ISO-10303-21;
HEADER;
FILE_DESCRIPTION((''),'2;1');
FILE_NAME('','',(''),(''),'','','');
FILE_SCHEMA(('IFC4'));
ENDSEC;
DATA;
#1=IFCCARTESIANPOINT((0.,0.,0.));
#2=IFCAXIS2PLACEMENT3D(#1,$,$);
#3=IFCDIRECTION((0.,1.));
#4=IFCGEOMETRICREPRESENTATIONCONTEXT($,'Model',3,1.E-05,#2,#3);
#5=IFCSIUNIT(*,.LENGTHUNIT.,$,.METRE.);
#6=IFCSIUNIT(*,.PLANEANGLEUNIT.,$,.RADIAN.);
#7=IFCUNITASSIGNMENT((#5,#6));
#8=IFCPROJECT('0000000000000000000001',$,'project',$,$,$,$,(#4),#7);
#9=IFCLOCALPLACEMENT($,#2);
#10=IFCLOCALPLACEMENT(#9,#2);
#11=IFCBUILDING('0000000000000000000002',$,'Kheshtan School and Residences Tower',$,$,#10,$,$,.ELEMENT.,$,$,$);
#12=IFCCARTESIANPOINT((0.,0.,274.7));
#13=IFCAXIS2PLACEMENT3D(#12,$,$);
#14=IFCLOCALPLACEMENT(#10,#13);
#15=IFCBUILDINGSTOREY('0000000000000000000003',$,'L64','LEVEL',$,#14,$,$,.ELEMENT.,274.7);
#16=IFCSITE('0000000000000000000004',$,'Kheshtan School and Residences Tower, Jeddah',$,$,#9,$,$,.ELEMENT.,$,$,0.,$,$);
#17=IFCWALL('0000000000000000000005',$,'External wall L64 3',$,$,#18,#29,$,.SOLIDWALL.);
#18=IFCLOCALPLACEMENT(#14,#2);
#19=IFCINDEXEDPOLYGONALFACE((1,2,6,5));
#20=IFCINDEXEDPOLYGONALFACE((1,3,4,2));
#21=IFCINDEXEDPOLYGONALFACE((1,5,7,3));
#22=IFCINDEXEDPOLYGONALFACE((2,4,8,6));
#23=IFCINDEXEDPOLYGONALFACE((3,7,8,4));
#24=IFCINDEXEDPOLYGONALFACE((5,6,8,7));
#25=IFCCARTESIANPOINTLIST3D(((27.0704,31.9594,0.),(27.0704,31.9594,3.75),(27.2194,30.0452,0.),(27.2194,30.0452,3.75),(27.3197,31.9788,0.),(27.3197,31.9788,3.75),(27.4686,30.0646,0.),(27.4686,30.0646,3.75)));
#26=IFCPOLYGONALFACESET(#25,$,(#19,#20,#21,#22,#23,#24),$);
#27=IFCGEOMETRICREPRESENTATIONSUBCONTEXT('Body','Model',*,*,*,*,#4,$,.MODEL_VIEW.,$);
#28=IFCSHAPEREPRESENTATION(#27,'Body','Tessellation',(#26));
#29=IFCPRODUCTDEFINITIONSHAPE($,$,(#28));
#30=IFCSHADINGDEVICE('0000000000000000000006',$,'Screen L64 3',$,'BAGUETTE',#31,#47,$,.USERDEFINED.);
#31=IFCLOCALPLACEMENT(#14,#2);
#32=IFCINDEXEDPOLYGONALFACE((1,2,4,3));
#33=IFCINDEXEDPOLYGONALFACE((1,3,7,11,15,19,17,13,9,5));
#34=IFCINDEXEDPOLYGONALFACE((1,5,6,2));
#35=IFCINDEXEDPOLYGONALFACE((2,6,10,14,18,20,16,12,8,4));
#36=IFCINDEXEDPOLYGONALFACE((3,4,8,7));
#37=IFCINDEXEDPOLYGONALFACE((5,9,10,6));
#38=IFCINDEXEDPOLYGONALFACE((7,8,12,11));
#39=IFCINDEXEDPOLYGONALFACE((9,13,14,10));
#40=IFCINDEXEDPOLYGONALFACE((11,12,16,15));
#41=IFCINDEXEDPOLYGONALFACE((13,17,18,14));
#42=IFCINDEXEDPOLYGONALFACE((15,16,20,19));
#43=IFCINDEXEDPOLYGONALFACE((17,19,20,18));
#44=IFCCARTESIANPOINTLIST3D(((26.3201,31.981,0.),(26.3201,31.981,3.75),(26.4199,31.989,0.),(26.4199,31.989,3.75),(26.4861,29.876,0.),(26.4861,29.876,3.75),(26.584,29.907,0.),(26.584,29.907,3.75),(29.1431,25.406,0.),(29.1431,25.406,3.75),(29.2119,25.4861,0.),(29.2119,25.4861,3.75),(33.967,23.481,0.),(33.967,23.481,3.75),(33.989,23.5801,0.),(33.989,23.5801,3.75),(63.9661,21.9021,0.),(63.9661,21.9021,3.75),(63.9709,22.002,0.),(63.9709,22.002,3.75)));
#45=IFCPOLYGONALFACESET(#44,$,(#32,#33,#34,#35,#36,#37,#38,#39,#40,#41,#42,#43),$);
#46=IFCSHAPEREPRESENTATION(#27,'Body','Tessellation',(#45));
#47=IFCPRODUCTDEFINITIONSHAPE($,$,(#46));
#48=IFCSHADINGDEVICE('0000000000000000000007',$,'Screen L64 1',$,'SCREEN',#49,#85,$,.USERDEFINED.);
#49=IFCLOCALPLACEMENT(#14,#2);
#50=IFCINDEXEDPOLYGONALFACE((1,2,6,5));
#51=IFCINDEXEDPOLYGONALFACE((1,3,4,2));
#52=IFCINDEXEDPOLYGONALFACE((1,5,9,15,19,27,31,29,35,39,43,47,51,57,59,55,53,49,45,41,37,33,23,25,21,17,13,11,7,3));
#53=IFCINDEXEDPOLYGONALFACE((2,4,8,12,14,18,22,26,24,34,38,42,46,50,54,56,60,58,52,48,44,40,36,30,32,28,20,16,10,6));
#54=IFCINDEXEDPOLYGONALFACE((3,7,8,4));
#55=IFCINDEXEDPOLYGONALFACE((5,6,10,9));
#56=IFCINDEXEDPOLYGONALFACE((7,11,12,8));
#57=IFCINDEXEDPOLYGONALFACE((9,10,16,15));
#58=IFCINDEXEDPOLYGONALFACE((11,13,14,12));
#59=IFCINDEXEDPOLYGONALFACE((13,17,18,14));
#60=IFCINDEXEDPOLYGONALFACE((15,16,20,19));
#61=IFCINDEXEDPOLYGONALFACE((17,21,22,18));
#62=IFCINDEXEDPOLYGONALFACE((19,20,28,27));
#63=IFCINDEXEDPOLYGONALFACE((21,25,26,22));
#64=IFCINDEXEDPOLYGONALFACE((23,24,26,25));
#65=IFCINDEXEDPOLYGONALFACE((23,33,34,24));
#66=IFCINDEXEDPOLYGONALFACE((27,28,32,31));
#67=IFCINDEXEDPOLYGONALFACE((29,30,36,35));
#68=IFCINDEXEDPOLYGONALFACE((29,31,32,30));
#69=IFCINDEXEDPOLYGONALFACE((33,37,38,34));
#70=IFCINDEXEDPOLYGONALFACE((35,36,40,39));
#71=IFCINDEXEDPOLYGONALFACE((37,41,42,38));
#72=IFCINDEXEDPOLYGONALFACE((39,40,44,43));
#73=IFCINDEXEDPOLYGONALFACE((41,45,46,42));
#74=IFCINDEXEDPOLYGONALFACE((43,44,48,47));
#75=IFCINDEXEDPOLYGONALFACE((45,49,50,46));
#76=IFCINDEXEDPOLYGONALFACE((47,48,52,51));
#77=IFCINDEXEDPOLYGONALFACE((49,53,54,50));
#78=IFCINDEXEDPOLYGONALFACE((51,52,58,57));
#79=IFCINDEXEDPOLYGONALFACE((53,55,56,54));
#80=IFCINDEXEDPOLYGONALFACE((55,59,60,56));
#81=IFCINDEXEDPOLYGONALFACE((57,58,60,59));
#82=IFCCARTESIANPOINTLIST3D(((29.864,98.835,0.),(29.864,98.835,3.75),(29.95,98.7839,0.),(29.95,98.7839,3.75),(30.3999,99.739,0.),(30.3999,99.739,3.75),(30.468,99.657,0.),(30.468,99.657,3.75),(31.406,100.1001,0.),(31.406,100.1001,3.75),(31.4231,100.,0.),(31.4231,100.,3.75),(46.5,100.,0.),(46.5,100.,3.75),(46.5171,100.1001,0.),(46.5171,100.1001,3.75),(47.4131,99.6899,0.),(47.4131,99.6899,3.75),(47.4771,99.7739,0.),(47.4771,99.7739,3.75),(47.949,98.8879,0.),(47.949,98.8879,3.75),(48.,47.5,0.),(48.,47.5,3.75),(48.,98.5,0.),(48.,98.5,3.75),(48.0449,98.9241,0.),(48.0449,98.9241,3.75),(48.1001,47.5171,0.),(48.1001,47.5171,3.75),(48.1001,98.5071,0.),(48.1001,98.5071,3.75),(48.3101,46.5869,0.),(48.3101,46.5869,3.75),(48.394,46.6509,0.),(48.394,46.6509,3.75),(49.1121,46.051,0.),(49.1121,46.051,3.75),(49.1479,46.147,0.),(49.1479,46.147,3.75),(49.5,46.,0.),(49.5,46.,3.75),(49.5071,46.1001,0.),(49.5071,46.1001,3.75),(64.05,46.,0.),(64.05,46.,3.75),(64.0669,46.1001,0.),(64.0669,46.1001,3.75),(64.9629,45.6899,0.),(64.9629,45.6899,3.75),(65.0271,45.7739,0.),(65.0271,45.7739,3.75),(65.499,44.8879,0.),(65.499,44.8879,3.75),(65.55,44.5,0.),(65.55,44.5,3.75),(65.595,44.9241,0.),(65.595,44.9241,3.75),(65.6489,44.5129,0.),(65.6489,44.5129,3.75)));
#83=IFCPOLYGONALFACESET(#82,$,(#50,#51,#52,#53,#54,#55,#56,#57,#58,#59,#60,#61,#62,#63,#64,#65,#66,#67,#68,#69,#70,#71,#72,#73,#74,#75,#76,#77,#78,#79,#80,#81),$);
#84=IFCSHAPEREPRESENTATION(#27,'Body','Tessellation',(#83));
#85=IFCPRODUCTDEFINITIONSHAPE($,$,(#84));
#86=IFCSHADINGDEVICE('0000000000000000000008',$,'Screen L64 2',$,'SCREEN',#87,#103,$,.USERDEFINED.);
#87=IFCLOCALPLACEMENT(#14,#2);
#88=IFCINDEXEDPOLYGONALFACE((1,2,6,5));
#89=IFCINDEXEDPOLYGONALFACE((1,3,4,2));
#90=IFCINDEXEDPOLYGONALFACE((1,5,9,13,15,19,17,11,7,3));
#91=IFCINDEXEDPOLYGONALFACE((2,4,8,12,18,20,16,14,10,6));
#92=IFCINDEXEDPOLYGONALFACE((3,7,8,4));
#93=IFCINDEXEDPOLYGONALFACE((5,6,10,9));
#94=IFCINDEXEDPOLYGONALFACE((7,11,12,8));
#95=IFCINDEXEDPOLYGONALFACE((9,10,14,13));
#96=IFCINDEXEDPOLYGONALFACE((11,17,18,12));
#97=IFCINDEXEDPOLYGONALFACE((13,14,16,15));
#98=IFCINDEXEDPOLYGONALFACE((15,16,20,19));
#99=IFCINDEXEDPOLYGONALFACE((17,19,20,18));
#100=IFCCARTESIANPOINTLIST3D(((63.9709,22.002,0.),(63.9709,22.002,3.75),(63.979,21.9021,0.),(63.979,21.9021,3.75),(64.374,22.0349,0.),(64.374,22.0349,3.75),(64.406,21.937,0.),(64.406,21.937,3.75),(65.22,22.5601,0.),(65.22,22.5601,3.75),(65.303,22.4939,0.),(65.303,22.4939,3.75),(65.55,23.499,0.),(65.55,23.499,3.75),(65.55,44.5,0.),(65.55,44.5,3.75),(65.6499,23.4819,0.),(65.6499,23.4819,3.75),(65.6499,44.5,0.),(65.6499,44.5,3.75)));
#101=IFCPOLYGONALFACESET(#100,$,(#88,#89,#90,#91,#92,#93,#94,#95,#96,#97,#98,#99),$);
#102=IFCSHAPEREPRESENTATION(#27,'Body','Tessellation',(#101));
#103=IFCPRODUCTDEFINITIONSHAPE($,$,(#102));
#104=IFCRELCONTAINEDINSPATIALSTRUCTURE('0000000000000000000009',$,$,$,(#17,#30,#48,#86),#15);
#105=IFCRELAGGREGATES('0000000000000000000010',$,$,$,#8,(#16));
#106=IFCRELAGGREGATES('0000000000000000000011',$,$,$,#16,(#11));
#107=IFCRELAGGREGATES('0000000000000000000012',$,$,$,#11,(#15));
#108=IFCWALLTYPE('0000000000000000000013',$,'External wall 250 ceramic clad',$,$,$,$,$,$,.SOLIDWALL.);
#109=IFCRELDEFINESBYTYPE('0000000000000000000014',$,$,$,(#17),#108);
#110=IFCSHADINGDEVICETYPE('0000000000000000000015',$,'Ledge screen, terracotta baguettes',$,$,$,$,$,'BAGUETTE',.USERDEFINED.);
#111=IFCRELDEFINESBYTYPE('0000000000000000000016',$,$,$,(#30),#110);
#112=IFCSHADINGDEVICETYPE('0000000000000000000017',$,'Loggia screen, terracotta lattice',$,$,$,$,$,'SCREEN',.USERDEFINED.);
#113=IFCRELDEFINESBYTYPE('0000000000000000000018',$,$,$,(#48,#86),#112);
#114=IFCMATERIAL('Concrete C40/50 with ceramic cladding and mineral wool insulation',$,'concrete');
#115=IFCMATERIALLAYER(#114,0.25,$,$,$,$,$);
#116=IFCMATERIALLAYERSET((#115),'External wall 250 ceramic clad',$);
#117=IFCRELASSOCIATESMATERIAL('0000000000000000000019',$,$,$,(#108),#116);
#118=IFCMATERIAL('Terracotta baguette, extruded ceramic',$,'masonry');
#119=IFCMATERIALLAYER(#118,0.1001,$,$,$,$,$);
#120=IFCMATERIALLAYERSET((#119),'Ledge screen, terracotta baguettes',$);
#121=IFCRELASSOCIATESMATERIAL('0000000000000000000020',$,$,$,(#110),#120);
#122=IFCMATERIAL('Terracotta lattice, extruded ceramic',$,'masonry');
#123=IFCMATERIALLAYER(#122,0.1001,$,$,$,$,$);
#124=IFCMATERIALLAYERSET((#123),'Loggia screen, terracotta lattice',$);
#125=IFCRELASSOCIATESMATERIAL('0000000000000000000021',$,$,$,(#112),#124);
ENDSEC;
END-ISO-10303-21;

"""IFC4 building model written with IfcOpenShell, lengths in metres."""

from ifc_helpers import new_model, si_unit, direction, frame, frame_2d, origin, place, context, subcontext, project, spatial, polyline, rectangle, outline, extrude, material, layer, layer_set, type_object, element, save


model = new_model("IFC4")

# Units and contexts
model_context = context("Model", 3, precision=1e-05, world=origin(), true_north=direction((0.0, 1.0)))
body_context = subcontext(model_context, "Body", "Model", "MODEL_VIEW")
ifc_project = project(units=[si_unit("LENGTHUNIT", "METRE"), si_unit("PLANEANGLEUNIT", "RADIAN")], contexts=[model_context])

# Site, building, storey
site_placement = place(None, origin())
site = spatial("IfcSite", under=ifc_project, at=site_placement, Name="Kheshtan School and Residences Tower, Jeddah", CompositionType="ELEMENT", RefElevation=0.0)
building_placement = place(site_placement, origin())
building = spatial("IfcBuilding", under=site, at=building_placement, Name="Kheshtan School and Residences Tower", CompositionType="ELEMENT")
storey_placement = place(building_placement, frame((0.0, 0.0, 274.7)))
storey = spatial("IfcBuildingStorey", under=building, at=storey_placement, Name="L64", Description="LEVEL", CompositionType="ELEMENT", Elevation=274.7)

# Wall
ifc_material_1 = material(Name="Concrete C40/50 with ceramic cladding and mineral wool insulation", Category="concrete")
ifc_layer_1 = layer(ifc_material_1, 0.25)
ifc_layer_set_1 = layer_set([ifc_layer_1], Name="External wall 250 ceramic clad")
wall_type_1 = type_object("IfcWallType", Name="External wall 250 ceramic clad", PredefinedType="SOLIDWALL", material=ifc_layer_set_1)
wall_1_placement = place(storey_placement, frame((27.344, 30.0549, 0.0), z_axis=(0.0, 0.0, 1.0), x_axis=(-0.077572, 0.996987, 0.0)))
element("IfcWall", 1, at=wall_1_placement, inside=storey, type_object=wall_type_1, Name="External wall L64 3", PredefinedType="SOLIDWALL", context=body_context, shape_type="SweptSolid", body=[
    extrude(rectangle(XDim=1.9199, YDim=0.25, at=frame_2d((0.96, 0.0))), origin(), (0.0, 0.0, 1.0), 3.75),
])

# Shading devices
ifc_material_2 = material(Name="Terracotta baguette, extruded ceramic", Category="masonry")
ifc_layer_2 = layer(ifc_material_2, 0.1001)
ifc_layer_set_2 = layer_set([ifc_layer_2], Name="Ledge screen, terracotta baguettes")
shading_device_type_1 = type_object("IfcShadingDeviceType", Name="Ledge screen, terracotta baguettes", ElementType="BAGUETTE", PredefinedType="USERDEFINED", material=ifc_layer_set_2)
shading_device_1_placement = place(storey_placement, origin())
element("IfcShadingDevice", 2, at=shading_device_1_placement, inside=storey, type_object=shading_device_type_1, Name="Screen L64 3", ObjectType="BAGUETTE", PredefinedType="USERDEFINED", context=body_context, shape_type="SweptSolid", body=[
    extrude(outline(polyline([(63.9709, 22.002), (33.989, 23.5801), (29.2119, 25.4861), (26.584, 29.907), (26.4199, 31.989), (26.3201, 31.981), (26.4861, 29.876), (29.1431, 25.406), (33.967, 23.481), (63.9661, 21.9021), (63.9709, 22.002)])), origin(), (0.0, 0.0, 1.0), 3.75),
])
ifc_material_3 = material(Name="Terracotta lattice, extruded ceramic", Category="masonry")
ifc_layer_3 = layer(ifc_material_3, 0.1001)
ifc_layer_set_3 = layer_set([ifc_layer_3], Name="Loggia screen, terracotta lattice")
shading_device_type_2 = type_object("IfcShadingDeviceType", Name="Loggia screen, terracotta lattice", ElementType="SCREEN", PredefinedType="USERDEFINED", material=ifc_layer_set_3)
shading_device_2_placement = place(storey_placement, origin())
element("IfcShadingDevice", 3, at=shading_device_2_placement, inside=storey, type_object=shading_device_type_2, Name="Screen L64 1", ObjectType="SCREEN", PredefinedType="USERDEFINED", context=body_context, shape_type="SweptSolid", body=[
    extrude(outline(polyline([(29.95, 98.7839), (30.468, 99.657), (31.4231, 100.0), (46.5, 100.0), (47.4131, 99.6899), (47.949, 98.8879), (48.0, 98.5), (48.0, 47.5), (48.3101, 46.5869), (49.1121, 46.051), (49.5, 46.0), (64.05, 46.0), (64.9629, 45.6899), (65.499, 44.8879), (65.55, 44.5), (65.6489, 44.5129), (65.595, 44.9241), (65.0271, 45.7739), (64.0669, 46.1001), (49.5071, 46.1001), (49.1479, 46.147), (48.394, 46.6509), (48.1001, 47.5171), (48.1001, 98.5071), (48.0449, 98.9241), (47.4771, 99.7739), (46.5171, 100.1001), (31.406, 100.1001), (30.3999, 99.739), (29.864, 98.835), (29.95, 98.7839)])), origin(), (0.0, 0.0, 1.0), 3.75),
])
shading_device_3_placement = place(storey_placement, origin())
element("IfcShadingDevice", 4, at=shading_device_3_placement, inside=storey, type_object=shading_device_type_2, Name="Screen L64 2", ObjectType="SCREEN", PredefinedType="USERDEFINED", context=body_context, shape_type="SweptSolid", body=[
    extrude(outline(polyline([(65.55, 44.5), (65.55, 23.499), (65.22, 22.5601), (64.374, 22.0349), (63.9709, 22.002), (63.979, 21.9021), (64.406, 21.937), (65.303, 22.4939), (65.6499, 23.4819), (65.6499, 44.5), (65.55, 44.5)])), origin(), (0.0, 0.0, 1.0), 3.75),
])

save(model, "model.ifc")
